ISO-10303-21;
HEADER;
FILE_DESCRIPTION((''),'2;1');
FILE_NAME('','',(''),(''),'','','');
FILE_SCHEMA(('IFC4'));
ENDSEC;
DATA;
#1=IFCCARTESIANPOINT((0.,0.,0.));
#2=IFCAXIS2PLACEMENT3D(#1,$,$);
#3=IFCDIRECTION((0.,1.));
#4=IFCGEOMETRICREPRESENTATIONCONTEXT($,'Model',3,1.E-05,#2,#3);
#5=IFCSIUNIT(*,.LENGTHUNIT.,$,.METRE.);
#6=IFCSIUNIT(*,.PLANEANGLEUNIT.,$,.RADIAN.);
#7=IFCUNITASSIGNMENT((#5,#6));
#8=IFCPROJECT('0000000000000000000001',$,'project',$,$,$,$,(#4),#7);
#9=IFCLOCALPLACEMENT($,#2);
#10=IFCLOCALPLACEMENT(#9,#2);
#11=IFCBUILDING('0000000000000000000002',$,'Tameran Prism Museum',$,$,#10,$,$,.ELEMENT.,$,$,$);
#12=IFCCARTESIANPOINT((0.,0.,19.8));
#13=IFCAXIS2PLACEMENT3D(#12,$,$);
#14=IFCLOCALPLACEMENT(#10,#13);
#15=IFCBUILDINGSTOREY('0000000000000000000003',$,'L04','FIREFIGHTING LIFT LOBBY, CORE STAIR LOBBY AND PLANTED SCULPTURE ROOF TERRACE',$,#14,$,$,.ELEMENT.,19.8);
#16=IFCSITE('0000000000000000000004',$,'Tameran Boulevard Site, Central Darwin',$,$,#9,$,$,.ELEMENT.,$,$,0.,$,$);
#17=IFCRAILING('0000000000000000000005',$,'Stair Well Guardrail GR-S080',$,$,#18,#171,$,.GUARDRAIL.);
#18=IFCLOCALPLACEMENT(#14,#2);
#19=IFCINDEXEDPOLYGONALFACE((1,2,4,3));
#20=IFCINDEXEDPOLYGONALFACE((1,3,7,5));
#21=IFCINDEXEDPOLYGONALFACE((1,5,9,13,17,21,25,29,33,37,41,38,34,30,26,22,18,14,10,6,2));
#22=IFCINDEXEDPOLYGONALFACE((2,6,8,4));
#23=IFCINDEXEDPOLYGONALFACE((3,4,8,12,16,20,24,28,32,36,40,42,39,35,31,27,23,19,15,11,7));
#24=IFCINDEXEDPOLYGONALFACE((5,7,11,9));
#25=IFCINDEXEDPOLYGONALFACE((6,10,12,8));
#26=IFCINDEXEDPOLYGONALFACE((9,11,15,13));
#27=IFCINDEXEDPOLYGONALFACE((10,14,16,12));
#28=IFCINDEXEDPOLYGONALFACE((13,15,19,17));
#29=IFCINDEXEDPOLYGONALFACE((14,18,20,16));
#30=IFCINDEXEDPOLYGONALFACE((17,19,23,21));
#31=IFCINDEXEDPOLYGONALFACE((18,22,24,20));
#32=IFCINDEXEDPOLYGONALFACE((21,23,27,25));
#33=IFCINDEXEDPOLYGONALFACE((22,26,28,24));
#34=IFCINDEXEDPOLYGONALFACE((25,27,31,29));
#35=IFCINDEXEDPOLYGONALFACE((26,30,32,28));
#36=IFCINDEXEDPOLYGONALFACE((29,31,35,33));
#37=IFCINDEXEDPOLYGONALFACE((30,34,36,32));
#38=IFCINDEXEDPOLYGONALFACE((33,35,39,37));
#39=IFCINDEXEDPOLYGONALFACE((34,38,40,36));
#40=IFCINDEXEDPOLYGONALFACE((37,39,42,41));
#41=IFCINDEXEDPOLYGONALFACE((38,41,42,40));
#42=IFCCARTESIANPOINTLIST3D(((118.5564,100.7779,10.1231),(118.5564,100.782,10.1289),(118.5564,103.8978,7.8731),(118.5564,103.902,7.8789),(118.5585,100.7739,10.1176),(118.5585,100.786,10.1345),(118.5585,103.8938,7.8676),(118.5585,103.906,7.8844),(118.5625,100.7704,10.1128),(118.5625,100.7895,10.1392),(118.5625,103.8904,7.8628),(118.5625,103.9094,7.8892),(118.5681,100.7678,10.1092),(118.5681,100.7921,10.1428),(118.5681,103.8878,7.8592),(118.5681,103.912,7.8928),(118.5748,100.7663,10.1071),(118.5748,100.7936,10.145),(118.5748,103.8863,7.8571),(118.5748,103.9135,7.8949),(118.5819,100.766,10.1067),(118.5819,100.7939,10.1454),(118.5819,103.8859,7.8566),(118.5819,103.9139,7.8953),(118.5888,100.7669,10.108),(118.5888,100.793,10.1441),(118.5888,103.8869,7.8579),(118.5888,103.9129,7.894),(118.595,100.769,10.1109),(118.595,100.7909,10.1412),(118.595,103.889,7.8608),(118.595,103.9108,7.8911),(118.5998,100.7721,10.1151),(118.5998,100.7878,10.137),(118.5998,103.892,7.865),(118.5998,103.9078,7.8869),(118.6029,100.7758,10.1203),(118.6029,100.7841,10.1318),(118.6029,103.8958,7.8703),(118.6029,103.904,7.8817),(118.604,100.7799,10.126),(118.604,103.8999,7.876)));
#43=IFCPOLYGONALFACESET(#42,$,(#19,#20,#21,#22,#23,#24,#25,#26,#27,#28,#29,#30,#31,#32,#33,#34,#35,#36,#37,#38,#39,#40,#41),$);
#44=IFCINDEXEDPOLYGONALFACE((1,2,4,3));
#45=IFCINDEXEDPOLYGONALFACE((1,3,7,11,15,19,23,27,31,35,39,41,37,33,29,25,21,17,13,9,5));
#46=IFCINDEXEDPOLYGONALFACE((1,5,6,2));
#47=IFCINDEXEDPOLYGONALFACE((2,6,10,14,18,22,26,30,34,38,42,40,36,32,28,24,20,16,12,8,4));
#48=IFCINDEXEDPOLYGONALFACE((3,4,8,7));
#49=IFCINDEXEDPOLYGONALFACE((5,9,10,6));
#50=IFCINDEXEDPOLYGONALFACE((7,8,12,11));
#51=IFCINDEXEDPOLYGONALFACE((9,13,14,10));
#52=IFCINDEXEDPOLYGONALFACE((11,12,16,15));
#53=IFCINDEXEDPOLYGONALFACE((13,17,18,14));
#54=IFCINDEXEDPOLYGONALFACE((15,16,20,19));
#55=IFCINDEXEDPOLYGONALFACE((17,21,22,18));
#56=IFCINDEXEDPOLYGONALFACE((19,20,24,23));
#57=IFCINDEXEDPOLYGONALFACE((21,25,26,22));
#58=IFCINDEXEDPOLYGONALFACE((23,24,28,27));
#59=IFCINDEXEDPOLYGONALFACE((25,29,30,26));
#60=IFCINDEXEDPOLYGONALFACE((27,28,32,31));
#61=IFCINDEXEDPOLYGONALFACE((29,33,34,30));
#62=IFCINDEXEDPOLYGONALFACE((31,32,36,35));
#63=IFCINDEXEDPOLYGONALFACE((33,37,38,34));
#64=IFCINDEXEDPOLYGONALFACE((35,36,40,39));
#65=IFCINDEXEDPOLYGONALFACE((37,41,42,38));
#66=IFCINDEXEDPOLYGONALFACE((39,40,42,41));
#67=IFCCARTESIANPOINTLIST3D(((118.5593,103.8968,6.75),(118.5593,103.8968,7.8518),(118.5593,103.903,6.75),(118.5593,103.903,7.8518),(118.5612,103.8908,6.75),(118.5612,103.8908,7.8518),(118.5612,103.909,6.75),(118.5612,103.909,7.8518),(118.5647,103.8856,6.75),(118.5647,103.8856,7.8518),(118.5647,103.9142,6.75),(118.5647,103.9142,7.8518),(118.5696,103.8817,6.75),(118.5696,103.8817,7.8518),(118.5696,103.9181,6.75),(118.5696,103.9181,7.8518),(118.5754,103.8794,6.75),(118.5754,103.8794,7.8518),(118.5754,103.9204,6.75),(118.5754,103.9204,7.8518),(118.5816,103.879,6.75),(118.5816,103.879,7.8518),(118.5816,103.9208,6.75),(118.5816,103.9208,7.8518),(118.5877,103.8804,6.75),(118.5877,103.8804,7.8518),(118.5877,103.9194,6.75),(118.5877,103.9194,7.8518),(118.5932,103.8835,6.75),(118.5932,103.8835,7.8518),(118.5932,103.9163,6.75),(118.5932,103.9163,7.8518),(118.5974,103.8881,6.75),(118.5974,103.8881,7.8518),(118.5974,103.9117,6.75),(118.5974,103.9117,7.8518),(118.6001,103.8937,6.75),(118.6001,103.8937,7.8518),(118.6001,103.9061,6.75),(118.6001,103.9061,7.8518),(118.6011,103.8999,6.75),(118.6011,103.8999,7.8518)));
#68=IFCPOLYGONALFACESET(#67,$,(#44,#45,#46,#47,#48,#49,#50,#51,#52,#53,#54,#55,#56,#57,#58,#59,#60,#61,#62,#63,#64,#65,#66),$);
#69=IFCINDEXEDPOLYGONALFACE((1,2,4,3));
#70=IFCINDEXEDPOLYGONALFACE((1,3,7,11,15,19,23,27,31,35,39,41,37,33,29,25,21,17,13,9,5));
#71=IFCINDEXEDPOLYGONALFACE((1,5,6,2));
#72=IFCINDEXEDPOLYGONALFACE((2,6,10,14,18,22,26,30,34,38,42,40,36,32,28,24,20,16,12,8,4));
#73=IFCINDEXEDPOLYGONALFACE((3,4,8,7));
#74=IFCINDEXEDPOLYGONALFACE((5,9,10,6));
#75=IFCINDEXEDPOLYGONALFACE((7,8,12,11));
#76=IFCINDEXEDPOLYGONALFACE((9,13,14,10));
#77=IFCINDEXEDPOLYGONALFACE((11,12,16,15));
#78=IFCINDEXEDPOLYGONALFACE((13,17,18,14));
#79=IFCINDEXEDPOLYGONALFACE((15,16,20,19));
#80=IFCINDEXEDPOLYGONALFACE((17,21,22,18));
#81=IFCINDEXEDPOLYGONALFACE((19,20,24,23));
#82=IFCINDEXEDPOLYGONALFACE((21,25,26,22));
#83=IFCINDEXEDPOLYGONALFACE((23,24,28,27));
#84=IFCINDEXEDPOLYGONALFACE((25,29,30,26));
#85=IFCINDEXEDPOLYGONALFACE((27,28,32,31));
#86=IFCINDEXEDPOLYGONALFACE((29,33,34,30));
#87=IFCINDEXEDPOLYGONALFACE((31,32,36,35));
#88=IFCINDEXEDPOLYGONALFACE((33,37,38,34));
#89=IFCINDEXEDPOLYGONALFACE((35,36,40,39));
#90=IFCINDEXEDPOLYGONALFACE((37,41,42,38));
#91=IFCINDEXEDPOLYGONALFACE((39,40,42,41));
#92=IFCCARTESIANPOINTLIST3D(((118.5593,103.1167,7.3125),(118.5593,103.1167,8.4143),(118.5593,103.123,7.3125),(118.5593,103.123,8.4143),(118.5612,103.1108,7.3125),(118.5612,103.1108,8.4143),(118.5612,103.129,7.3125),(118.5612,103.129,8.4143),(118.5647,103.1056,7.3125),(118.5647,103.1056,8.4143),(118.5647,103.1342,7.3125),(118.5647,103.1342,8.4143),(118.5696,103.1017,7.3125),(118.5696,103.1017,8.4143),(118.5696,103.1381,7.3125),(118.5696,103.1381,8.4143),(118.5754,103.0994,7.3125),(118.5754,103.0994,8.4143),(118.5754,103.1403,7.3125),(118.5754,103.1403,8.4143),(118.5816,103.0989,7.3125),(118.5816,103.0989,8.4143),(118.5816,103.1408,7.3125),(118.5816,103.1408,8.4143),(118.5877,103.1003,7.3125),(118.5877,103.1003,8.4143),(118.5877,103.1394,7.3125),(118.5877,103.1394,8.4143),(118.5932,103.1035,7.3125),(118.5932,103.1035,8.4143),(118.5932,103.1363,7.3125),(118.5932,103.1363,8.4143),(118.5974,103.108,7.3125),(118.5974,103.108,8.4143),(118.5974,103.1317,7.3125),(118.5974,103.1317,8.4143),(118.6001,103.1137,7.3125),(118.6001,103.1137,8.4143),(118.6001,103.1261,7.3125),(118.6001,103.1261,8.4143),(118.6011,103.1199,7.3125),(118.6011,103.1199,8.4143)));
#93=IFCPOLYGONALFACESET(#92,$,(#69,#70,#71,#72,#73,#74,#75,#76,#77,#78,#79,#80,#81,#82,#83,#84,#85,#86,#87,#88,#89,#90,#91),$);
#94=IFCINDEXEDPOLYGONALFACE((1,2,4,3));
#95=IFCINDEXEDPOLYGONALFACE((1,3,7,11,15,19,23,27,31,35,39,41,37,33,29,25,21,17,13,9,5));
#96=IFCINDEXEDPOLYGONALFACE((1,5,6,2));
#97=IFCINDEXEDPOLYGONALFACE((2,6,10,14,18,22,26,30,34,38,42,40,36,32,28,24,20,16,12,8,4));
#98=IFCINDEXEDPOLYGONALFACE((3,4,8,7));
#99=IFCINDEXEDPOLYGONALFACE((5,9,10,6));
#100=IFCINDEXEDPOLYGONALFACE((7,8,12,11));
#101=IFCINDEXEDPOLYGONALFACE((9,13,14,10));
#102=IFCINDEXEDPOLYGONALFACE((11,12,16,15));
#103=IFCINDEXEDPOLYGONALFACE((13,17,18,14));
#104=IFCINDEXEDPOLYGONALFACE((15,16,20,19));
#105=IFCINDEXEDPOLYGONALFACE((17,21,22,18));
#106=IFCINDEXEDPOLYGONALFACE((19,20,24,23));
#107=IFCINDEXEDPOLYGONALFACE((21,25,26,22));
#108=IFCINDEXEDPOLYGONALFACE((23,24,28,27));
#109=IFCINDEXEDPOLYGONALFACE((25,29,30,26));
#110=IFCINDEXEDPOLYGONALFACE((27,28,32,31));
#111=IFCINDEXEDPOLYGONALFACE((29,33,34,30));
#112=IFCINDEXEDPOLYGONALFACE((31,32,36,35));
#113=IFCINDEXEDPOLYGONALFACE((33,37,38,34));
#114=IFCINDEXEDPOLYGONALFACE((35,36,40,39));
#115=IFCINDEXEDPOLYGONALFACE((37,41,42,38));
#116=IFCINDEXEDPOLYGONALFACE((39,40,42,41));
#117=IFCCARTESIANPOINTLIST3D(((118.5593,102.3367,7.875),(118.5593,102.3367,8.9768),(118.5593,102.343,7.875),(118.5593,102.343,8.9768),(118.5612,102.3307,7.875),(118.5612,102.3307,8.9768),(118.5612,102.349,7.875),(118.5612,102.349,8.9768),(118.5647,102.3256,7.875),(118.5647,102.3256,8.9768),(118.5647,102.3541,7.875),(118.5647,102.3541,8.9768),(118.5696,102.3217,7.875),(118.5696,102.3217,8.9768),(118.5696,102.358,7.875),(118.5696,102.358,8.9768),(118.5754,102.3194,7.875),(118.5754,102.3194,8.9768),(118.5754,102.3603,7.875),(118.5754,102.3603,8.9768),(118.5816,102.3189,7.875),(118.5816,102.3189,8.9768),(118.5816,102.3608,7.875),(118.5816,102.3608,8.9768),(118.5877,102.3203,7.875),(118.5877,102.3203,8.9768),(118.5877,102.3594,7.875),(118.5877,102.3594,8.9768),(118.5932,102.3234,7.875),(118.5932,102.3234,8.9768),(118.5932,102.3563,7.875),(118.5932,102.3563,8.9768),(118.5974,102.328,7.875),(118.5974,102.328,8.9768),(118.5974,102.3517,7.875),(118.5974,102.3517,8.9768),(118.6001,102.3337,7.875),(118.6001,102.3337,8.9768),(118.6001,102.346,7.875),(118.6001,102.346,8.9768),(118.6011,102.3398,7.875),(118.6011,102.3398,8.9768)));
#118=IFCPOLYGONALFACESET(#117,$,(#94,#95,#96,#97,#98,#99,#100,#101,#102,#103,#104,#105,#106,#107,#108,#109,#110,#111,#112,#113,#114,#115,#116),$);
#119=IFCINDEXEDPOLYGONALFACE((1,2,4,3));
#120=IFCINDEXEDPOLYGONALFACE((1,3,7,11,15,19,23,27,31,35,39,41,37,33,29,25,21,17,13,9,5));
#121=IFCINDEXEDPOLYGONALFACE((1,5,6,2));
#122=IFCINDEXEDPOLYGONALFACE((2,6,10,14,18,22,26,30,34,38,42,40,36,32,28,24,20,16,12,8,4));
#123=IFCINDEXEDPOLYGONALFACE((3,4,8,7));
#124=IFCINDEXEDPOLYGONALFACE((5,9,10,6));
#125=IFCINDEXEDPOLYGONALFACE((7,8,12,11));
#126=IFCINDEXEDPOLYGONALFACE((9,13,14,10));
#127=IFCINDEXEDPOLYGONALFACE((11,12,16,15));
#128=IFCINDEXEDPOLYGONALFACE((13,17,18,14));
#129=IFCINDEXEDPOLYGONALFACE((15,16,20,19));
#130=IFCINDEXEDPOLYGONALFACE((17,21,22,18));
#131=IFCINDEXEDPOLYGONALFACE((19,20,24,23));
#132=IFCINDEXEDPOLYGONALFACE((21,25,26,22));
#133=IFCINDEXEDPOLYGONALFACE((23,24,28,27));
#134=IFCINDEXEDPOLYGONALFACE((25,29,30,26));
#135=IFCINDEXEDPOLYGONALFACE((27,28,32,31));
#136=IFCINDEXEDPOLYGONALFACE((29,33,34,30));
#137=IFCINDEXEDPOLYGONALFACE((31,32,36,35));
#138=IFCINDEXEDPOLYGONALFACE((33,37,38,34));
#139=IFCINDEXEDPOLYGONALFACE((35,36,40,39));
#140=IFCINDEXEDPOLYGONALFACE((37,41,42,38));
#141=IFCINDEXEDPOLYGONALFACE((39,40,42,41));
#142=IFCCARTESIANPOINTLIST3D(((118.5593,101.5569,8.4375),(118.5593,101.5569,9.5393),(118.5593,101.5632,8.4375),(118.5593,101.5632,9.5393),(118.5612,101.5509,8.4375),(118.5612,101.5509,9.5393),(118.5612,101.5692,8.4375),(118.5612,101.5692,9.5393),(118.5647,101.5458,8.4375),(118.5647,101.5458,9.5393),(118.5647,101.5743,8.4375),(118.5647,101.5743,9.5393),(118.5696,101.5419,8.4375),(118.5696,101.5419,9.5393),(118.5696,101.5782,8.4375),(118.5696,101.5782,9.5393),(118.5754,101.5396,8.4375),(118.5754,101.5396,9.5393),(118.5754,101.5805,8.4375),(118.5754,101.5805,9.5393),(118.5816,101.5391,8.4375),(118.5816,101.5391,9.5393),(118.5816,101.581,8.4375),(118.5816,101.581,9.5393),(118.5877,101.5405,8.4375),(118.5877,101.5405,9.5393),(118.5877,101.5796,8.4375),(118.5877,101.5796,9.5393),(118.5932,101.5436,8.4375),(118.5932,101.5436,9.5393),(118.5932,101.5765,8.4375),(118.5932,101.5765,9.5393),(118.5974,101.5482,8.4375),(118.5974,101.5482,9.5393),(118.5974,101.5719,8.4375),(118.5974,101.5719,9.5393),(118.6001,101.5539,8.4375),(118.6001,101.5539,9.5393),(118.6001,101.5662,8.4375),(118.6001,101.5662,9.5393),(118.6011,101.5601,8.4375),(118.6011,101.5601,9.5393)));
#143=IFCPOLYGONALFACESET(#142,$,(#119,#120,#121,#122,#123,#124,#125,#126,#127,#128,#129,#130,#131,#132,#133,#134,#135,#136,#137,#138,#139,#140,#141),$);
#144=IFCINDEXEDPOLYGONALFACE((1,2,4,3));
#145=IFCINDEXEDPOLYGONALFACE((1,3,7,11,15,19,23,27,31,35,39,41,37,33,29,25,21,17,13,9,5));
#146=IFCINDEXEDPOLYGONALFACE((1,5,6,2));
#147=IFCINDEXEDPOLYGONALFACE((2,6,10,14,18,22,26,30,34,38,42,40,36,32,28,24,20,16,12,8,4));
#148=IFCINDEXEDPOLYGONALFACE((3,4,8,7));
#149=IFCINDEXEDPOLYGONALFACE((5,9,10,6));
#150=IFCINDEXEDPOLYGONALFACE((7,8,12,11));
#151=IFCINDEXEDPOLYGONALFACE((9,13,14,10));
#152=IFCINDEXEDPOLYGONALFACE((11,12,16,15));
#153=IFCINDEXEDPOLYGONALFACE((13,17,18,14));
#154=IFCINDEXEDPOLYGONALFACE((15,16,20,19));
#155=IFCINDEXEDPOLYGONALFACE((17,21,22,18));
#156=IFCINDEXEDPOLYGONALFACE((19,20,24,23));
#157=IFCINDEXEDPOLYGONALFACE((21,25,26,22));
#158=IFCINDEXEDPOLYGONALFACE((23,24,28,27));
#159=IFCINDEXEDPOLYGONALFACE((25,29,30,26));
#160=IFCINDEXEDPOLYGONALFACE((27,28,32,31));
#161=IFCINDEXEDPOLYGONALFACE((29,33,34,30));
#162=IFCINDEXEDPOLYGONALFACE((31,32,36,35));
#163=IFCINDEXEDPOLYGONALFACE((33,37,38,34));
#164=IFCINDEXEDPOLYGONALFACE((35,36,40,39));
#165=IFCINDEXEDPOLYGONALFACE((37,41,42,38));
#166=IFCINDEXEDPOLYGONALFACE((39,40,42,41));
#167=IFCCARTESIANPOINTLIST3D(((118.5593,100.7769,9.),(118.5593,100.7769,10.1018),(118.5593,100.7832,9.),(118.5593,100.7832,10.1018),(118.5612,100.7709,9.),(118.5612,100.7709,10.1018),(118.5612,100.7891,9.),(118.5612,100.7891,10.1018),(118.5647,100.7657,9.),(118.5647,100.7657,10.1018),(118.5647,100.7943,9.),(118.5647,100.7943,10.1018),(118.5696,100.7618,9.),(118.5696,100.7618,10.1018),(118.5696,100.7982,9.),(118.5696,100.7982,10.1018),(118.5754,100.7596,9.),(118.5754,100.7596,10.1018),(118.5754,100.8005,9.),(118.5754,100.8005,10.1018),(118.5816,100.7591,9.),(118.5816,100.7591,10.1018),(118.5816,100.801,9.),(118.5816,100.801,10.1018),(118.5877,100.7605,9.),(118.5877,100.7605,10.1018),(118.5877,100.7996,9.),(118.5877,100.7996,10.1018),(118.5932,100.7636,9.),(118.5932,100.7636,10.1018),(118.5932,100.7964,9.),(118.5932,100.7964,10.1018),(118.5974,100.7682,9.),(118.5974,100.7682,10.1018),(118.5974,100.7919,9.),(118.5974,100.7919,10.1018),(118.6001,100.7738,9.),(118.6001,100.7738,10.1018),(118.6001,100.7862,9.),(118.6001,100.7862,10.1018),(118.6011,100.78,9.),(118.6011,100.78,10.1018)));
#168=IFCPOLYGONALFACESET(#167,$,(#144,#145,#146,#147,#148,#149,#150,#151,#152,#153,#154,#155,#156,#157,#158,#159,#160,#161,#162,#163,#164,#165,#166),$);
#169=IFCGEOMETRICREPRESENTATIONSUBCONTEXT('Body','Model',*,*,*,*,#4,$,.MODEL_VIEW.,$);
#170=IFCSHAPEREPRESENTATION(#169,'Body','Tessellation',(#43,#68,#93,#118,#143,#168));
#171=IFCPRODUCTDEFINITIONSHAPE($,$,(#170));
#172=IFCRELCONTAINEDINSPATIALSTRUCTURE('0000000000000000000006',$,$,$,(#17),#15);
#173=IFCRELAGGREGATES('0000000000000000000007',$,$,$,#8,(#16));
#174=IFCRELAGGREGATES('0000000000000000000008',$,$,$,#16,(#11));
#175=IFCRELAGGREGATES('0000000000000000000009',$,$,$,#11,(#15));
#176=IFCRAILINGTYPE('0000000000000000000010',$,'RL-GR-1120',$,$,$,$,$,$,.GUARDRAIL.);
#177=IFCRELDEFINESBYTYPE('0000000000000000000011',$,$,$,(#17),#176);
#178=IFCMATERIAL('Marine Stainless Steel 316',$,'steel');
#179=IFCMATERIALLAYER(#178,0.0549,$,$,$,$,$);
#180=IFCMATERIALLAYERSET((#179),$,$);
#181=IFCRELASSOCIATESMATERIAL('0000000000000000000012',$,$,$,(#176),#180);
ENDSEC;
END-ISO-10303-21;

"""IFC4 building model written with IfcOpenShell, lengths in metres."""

from ifc_helpers import new_model, si_unit, direction, frame, origin, origin_2d, place, context, subcontext, project, spatial, circle, extrude, material, layer, layer_set, type_object, element, save


model = new_model("IFC4")

# Units and contexts
model_context = context("Model", 3, precision=1e-05, world=origin(), true_north=direction((0.0, 1.0)))
body_context = subcontext(model_context, "Body", "Model", "MODEL_VIEW")
ifc_project = project(units=[si_unit("LENGTHUNIT", "METRE"), si_unit("PLANEANGLEUNIT", "RADIAN")], contexts=[model_context])

# Site, building, storey
site_placement = place(None, origin())
site = spatial("IfcSite", under=ifc_project, at=site_placement, Name="Tameran Boulevard Site, Central Darwin", CompositionType="ELEMENT", RefElevation=0.0)
building_placement = place(site_placement, origin())
building = spatial("IfcBuilding", under=site, at=building_placement, Name="Tameran Prism Museum", CompositionType="ELEMENT")
storey_placement = place(building_placement, frame((0.0, 0.0, 19.8)))
storey = spatial("IfcBuildingStorey", under=building, at=storey_placement, Name="L04", Description="FIREFIGHTING LIFT LOBBY, CORE STAIR LOBBY AND PLANTED SCULPTURE ROOF TERRACE", CompositionType="ELEMENT", Elevation=19.8)

# Railing
ifc_material_1 = material(Name="Marine Stainless Steel 316", Category="steel")
ifc_layer_1 = layer(ifc_material_1, 0.0549)
ifc_layer_set_1 = layer_set([ifc_layer_1])
railing_type_1 = type_object("IfcRailingType", Name="RL-GR-1120", PredefinedType="GUARDRAIL", material=ifc_layer_set_1)
railing_1_placement = place(storey_placement, frame((118.5801, 103.8999, 6.75)))
element("IfcRailing", 1, at=railing_1_placement, inside=storey, type_object=railing_type_1, Name="Stair Well Guardrail GR-S080", PredefinedType="GUARDRAIL", context=body_context, shape_type="SweptSolid", body=[
    extrude(circle(Radius=0.0239, at=origin_2d()), frame((0.0, 0.0, 1.126), z_axis=(0.0, -0.811079, 0.584937), x_axis=(1.0, 0.0, 0.0)), (0.0, 0.0, 1.0), 3.8467),
    extrude(circle(Radius=0.021, at=origin_2d()), origin(), (0.0, 0.0, 1.0), 1.1018),
    extrude(circle(Radius=0.021, at=origin_2d()), frame((0.0, -0.78, 0.5625)), (0.0, 0.0, 1.0), 1.1018),
    extrude(circle(Radius=0.021, at=origin_2d()), frame((0.0, -1.5601, 1.125)), (0.0, 0.0, 1.0), 1.1018),
    extrude(circle(Radius=0.021, at=origin_2d()), frame((0.0, -2.3398, 1.6875)), (0.0, 0.0, 1.0), 1.1018),
    extrude(circle(Radius=0.021, at=origin_2d()), frame((0.0, -3.1199, 2.25)), (0.0, 0.0, 1.0), 1.1018),
])

save(model, "model.ifc")
